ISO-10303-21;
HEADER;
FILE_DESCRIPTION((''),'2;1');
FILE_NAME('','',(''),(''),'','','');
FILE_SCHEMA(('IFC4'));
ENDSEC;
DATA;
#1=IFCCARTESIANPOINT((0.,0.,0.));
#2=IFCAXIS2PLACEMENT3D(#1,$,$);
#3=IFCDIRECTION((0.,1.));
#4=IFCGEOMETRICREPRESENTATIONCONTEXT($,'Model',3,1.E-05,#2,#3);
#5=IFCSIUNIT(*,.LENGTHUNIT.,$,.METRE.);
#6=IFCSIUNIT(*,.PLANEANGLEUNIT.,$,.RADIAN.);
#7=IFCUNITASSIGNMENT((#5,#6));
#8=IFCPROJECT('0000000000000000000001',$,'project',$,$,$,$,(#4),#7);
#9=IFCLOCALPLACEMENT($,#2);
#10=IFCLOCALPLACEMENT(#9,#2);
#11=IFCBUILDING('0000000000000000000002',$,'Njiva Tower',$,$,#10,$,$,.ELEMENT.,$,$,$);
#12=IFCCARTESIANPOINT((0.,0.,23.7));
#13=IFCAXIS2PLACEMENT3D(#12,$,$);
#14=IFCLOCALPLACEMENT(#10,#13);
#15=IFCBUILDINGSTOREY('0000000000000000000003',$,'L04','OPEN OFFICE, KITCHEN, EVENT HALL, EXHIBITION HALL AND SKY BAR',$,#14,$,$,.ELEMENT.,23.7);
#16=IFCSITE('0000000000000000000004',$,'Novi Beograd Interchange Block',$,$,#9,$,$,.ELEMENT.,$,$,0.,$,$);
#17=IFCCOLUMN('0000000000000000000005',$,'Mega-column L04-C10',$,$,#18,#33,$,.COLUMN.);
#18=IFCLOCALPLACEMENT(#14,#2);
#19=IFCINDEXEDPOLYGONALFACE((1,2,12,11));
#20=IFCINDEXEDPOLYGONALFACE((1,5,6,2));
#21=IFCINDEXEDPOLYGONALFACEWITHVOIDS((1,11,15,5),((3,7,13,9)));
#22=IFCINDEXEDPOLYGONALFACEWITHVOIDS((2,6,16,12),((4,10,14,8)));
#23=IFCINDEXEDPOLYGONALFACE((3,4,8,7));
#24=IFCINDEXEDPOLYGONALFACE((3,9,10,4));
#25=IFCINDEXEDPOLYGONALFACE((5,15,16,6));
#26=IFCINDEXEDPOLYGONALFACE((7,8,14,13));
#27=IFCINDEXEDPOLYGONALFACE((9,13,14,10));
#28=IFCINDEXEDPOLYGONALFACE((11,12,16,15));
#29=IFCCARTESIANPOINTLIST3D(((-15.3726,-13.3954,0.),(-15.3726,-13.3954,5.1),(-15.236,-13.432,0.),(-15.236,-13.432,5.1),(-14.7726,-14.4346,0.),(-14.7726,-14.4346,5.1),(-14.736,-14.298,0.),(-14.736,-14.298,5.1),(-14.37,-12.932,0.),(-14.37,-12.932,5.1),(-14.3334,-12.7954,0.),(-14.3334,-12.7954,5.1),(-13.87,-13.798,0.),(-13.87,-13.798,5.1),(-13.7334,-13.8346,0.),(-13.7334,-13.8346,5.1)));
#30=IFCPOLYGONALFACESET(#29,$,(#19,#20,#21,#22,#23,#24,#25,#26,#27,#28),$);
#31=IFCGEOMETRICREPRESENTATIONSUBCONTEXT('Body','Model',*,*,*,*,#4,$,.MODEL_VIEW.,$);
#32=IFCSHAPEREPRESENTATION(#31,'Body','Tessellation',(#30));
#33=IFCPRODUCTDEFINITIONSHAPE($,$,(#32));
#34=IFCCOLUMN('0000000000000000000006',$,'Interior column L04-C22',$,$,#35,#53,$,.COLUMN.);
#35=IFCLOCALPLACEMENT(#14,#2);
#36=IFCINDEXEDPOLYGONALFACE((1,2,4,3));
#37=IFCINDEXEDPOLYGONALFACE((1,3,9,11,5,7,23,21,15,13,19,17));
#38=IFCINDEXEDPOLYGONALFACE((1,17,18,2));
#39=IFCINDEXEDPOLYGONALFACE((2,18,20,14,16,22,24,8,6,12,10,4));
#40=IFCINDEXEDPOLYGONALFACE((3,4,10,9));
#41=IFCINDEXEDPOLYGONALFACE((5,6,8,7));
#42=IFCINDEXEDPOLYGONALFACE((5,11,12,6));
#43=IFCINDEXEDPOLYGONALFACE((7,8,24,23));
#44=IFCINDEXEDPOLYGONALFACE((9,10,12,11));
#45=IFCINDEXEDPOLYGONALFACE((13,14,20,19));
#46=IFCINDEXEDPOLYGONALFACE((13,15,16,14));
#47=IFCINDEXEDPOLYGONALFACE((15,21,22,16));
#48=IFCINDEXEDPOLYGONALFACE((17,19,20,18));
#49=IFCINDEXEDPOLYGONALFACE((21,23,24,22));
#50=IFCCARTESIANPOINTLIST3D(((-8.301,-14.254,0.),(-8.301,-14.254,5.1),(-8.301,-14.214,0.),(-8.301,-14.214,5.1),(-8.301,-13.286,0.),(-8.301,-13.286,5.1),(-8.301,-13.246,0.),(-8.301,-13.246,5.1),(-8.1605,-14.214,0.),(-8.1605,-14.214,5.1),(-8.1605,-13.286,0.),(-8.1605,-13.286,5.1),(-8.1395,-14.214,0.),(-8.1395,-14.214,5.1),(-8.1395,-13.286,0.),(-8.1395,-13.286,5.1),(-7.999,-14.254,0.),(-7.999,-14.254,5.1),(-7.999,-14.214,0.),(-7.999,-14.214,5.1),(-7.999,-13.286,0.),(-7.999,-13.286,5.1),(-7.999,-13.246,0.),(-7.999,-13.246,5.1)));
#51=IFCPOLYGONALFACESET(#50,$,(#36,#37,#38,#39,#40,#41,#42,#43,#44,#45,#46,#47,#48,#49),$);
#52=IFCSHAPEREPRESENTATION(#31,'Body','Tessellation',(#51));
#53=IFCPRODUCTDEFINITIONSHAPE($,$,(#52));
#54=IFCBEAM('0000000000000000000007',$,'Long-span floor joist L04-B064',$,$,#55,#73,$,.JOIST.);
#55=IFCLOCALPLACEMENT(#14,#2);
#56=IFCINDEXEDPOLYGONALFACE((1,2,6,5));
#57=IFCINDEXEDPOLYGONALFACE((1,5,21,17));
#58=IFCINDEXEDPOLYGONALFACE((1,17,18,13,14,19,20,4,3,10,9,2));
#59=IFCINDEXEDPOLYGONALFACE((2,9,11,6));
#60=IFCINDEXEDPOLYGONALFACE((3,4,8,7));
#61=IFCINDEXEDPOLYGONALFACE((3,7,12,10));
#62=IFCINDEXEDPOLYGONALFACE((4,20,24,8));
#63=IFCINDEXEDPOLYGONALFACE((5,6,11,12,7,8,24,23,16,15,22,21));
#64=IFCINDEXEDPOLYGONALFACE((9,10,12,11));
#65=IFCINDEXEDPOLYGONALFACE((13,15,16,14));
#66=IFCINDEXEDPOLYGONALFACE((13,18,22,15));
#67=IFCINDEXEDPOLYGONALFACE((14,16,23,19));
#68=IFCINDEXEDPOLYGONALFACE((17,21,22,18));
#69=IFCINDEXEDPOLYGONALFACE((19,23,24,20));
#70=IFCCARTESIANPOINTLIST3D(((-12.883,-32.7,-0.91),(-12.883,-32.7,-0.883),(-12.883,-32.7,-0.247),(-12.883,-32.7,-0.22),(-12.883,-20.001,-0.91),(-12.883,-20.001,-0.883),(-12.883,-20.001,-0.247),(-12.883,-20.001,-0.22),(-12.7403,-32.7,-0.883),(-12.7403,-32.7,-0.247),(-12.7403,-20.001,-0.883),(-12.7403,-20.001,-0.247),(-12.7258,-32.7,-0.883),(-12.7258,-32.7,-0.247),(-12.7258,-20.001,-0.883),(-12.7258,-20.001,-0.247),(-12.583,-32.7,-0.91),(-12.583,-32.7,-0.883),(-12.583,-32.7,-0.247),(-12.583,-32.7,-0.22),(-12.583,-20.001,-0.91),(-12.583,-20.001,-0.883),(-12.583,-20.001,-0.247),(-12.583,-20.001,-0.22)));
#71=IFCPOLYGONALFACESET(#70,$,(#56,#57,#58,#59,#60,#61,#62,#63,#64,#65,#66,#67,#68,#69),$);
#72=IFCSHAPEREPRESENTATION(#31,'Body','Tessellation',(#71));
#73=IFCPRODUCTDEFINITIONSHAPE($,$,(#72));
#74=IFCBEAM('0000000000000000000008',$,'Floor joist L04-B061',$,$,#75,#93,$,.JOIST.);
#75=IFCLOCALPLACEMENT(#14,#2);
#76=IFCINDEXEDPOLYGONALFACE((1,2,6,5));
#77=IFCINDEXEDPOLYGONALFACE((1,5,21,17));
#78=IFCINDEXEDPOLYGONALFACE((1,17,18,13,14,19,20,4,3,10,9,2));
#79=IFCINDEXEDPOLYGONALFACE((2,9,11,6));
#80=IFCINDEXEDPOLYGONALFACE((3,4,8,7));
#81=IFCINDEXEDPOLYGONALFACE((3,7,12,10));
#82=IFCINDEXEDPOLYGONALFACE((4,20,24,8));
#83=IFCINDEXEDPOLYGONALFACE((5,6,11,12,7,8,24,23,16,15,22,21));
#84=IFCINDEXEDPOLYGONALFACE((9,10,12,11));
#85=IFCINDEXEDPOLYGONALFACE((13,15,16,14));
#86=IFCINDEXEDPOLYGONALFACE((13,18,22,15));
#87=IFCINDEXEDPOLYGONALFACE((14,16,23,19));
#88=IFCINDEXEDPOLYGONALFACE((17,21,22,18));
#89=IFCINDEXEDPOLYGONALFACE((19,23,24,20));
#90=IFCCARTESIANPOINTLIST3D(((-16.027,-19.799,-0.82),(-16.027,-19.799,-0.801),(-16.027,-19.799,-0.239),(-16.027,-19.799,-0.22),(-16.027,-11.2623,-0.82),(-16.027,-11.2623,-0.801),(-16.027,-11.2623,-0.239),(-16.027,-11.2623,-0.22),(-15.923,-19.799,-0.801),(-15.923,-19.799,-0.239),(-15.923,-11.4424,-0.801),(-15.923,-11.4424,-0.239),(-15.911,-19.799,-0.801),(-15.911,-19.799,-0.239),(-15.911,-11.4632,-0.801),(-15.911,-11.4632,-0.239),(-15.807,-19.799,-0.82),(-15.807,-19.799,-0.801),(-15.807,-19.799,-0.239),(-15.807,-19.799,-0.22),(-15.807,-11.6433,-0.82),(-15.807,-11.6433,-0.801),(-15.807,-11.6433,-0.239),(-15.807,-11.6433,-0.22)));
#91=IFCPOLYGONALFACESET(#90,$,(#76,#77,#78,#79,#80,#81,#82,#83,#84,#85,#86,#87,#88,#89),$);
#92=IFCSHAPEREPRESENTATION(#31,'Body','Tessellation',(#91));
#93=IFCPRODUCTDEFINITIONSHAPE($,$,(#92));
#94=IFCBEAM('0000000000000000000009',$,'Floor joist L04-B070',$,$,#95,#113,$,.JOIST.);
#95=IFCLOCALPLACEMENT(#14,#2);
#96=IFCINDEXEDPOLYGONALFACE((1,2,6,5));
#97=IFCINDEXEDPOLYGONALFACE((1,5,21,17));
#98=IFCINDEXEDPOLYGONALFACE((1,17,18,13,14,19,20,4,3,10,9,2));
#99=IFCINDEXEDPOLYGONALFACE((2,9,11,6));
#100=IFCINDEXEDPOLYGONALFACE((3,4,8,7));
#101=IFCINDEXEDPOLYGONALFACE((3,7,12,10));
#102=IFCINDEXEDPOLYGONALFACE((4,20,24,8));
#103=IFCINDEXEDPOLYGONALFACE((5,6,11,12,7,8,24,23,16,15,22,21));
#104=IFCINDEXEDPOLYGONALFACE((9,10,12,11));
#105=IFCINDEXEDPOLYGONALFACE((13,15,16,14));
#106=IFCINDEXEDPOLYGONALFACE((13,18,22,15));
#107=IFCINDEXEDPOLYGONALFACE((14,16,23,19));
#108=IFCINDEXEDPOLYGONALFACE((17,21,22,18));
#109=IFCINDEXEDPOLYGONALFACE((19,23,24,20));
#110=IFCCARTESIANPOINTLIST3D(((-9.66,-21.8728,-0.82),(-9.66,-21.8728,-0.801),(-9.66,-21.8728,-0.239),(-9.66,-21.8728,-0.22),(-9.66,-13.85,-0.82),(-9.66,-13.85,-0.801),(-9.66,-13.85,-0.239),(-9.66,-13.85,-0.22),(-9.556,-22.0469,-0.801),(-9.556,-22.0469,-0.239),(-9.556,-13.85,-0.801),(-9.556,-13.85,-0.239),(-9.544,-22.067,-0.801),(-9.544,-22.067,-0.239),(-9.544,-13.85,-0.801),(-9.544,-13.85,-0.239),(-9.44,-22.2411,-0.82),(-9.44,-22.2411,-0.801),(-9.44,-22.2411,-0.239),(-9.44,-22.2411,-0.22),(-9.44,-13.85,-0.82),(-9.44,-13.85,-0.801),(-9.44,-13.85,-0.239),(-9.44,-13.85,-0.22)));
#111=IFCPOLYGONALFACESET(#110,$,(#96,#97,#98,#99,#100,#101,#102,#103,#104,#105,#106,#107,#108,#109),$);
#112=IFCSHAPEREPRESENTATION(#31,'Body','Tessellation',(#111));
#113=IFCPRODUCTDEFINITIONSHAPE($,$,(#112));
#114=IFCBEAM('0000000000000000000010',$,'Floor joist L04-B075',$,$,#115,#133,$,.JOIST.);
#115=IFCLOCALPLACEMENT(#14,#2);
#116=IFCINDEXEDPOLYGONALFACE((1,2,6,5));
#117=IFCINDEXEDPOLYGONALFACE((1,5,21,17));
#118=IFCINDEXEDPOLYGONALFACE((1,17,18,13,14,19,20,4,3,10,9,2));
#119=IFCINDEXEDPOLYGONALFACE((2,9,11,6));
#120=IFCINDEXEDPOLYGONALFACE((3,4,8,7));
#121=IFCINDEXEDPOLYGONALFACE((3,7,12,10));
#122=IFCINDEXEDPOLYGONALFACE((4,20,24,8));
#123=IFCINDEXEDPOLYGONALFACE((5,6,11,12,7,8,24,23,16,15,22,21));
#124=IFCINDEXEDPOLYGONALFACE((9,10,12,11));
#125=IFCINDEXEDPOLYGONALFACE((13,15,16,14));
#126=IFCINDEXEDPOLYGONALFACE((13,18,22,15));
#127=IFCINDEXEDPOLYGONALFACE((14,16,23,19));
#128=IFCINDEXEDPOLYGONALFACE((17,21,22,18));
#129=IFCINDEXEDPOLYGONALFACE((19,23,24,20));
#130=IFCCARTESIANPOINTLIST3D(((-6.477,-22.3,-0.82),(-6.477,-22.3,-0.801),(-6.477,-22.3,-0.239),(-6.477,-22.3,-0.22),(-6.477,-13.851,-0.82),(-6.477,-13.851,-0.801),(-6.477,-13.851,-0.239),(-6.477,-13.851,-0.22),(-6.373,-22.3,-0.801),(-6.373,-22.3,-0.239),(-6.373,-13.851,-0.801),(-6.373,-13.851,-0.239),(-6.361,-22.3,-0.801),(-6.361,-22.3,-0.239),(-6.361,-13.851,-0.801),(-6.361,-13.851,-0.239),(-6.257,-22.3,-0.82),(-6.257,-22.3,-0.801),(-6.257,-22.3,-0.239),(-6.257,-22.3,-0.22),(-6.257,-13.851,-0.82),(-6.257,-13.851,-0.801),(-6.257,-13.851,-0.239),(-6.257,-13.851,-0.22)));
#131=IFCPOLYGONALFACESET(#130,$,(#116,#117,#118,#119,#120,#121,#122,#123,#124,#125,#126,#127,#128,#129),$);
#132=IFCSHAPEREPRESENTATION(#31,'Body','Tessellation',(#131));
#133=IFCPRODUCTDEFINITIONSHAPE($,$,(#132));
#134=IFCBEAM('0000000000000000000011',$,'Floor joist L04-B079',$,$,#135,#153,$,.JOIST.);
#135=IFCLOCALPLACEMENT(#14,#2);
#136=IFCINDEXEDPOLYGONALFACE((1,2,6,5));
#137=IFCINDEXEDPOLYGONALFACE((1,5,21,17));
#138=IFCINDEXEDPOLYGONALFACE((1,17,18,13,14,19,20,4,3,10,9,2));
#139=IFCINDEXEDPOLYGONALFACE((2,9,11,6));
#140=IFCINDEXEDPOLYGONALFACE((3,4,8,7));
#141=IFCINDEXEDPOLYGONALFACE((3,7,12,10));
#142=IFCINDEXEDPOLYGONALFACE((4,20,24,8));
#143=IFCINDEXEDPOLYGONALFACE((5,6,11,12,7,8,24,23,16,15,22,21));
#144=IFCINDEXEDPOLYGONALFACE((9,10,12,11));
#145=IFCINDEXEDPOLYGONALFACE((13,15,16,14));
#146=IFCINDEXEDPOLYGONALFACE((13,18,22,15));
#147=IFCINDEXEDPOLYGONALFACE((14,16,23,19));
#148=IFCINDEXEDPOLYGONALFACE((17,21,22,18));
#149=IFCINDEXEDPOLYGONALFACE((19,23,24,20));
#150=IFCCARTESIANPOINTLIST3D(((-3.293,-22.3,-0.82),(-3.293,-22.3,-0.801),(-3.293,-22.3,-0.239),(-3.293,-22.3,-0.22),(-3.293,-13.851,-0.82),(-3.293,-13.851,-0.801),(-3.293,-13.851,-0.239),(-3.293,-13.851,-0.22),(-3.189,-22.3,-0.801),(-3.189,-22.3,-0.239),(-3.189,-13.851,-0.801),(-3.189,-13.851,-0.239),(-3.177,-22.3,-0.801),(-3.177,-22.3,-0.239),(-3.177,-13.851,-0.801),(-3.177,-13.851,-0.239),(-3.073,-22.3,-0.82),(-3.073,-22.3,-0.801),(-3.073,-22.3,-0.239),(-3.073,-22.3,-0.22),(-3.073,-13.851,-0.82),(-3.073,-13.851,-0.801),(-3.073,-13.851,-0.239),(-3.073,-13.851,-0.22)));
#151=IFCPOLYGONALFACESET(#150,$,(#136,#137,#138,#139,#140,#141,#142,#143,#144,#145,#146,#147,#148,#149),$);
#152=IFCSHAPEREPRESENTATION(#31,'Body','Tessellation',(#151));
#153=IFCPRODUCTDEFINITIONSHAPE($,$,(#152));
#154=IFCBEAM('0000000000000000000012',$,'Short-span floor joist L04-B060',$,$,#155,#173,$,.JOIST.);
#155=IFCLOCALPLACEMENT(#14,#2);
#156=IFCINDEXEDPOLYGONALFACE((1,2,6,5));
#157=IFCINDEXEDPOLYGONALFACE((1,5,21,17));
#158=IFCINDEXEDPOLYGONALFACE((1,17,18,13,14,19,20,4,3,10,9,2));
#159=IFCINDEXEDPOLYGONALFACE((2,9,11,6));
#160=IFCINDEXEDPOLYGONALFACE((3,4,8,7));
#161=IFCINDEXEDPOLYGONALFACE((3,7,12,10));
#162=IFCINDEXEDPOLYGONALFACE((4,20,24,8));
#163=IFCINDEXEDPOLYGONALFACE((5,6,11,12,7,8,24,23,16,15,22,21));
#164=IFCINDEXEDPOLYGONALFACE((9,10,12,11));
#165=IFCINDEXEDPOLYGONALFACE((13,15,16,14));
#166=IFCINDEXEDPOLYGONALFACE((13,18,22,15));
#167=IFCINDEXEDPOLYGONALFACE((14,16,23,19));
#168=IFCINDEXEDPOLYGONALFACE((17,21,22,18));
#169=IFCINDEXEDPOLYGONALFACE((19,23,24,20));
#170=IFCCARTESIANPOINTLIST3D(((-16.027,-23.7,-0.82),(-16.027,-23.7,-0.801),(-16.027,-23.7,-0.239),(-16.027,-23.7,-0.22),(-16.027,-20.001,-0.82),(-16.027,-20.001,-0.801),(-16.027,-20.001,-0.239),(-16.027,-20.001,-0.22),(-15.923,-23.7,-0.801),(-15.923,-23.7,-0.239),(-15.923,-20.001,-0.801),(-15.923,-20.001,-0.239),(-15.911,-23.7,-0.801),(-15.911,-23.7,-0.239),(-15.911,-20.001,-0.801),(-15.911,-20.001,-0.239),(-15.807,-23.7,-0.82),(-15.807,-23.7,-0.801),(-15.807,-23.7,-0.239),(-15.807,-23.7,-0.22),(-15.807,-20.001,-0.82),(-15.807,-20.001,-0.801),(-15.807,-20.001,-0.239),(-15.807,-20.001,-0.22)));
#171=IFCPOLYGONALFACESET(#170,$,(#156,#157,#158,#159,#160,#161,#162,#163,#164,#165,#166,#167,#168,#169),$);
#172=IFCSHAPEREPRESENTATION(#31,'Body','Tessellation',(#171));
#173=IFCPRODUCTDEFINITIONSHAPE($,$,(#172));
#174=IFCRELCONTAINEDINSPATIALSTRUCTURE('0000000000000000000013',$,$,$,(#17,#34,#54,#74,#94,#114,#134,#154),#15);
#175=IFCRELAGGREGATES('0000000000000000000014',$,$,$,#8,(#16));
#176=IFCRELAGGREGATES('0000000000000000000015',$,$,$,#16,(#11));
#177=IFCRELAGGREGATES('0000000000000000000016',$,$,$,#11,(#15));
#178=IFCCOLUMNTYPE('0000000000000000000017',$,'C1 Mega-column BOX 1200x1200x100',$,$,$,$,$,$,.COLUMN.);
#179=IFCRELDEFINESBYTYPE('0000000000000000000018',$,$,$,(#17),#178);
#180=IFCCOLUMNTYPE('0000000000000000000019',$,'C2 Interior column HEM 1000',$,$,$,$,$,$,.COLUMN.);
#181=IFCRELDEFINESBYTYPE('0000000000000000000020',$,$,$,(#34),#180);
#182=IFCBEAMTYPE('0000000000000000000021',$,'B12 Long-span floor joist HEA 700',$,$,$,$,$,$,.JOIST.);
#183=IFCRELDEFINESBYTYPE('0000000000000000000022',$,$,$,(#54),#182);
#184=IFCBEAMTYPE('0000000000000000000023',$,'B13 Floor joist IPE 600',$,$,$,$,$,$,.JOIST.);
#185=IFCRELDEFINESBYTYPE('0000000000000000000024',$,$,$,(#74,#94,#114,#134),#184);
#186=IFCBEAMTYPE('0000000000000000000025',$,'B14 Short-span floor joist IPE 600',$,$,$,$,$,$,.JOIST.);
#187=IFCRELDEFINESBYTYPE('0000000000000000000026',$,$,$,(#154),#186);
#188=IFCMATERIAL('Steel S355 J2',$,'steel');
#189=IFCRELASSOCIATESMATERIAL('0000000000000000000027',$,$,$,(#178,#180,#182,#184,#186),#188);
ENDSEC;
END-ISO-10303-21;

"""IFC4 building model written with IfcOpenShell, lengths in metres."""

from ifc_helpers import new_model, si_unit, direction, frame, origin, origin_2d, place, context, subcontext, project, spatial, hollow_rectangle, i_section, extrude, clip, halfspace, material, material_profile, profile_set, type_object, element, save


model = new_model("IFC4")

# Units and contexts
model_context = context("Model", 3, precision=1e-05, world=origin(), true_north=direction((0.0, 1.0)))
body_context = subcontext(model_context, "Body", "Model", "MODEL_VIEW")
ifc_project = project(units=[si_unit("LENGTHUNIT", "METRE"), si_unit("PLANEANGLEUNIT", "RADIAN")], contexts=[model_context])

# Site, building, storey
site_placement = place(None, origin())
site = spatial("IfcSite", under=ifc_project, at=site_placement, Name="Novi Beograd Interchange Block", CompositionType="ELEMENT", RefElevation=0.0)
building_placement = place(site_placement, origin())
building = spatial("IfcBuilding", under=site, at=building_placement, Name="Njiva Tower", CompositionType="ELEMENT")
storey_placement = place(building_placement, frame((0.0, 0.0, 23.7)))
storey = spatial("IfcBuildingStorey", under=building, at=storey_placement, Name="L04", Description="OPEN OFFICE, KITCHEN, EVENT HALL, EXHIBITION HALL AND SKY BAR", CompositionType="ELEMENT", Elevation=23.7)

# Columns
ifc_material_1 = material(Name="Steel S355 J2", Category="steel")
ifc_material_profile_1 = material_profile(ifc_material_1, hollow_rectangle(XDim=1.2, YDim=1.2, WallThickness=0.1, at=origin_2d()), Name="BOX 1200x1200x100")
ifc_profile_set_1 = profile_set([ifc_material_profile_1], Name="Steel S355 J2")
column_type_1 = type_object("IfcColumnType", Name="C1 Mega-column BOX 1200x1200x100", PredefinedType="COLUMN", material=ifc_profile_set_1)
column_1_placement = place(storey_placement, frame((-14.553, -13.615, 0.0), z_axis=(0.0, 0.0, 1.0), x_axis=(0.5, -0.866025, 0.0)))
element("IfcColumn", 1, at=column_1_placement, inside=storey, type_object=column_type_1, Name="Mega-column L04-C10", PredefinedType="COLUMN", context=body_context, shape_type="SweptSolid", body=[
    extrude(hollow_rectangle(XDim=1.2, YDim=1.2, WallThickness=0.1, at=origin_2d()), origin(), (0.0, 0.0, 1.0), 5.1),
])
ifc_material_profile_2 = material_profile(ifc_material_1, i_section(OverallWidth=0.302, OverallDepth=1.008, WebThickness=0.021, FlangeThickness=0.04, at=origin_2d()), Name="HEM 1000")
ifc_profile_set_2 = profile_set([ifc_material_profile_2], Name="Steel S355 J2")
column_type_2 = type_object("IfcColumnType", Name="C2 Interior column HEM 1000", PredefinedType="COLUMN", material=ifc_profile_set_2)
column_2_placement = place(storey_placement, frame((-8.15, -13.75, 0.0), z_axis=(0.0, 0.0, 1.0), x_axis=(1.0, 0.0, 0.0)))
element("IfcColumn", 2, at=column_2_placement, inside=storey, type_object=column_type_2, Name="Interior column L04-C22", PredefinedType="COLUMN", context=body_context, shape_type="SweptSolid", body=[
    extrude(i_section(OverallWidth=0.302, OverallDepth=1.008, WebThickness=0.021, FlangeThickness=0.04, at=origin_2d()), origin(), (0.0, 0.0, 1.0), 5.1),
])

# Beams
ifc_material_profile_3 = material_profile(ifc_material_1, i_section(OverallWidth=0.3, OverallDepth=0.69, WebThickness=0.0145, FlangeThickness=0.027, at=origin_2d()), Name="HEA 700")
ifc_profile_set_3 = profile_set([ifc_material_profile_3], Name="Steel S355 J2")
beam_type_1 = type_object("IfcBeamType", Name="B12 Long-span floor joist HEA 700", PredefinedType="JOIST", material=ifc_profile_set_3)
beam_1_placement = place(storey_placement, frame((-12.733, -20.001, -0.565), z_axis=(0.0, -1.0, 0.0), x_axis=(1.0, 0.0, 0.0)))
element("IfcBeam", 3, at=beam_1_placement, inside=storey, type_object=beam_type_1, Name="Long-span floor joist L04-B064", PredefinedType="JOIST", context=body_context, shape_type="SweptSolid", body=[
    extrude(i_section(OverallWidth=0.3, OverallDepth=0.69, WebThickness=0.0145, FlangeThickness=0.027, at=origin_2d()), origin(), (0.0, 0.0, 1.0), 12.699),
])
ifc_material_profile_4 = material_profile(ifc_material_1, i_section(OverallWidth=0.22, OverallDepth=0.6, WebThickness=0.012, FlangeThickness=0.019, at=origin_2d()), Name="IPE 600")
ifc_profile_set_4 = profile_set([ifc_material_profile_4], Name="Steel S355 J2")
beam_type_2 = type_object("IfcBeamType", Name="B13 Floor joist IPE 600", PredefinedType="JOIST", material=ifc_profile_set_4)
beam_2_placement = place(storey_placement, frame((-15.917, -11.242, -0.52), z_axis=(0.0, -1.0, 0.0), x_axis=(1.0, 0.0, 0.0)))
element("IfcBeam", 4, at=beam_2_placement, inside=storey, type_object=beam_type_2, Name="Floor joist L04-B061", PredefinedType="JOIST", context=body_context, shape_type="Clipping", body=[
    clip(extrude(i_section(OverallWidth=0.22, OverallDepth=0.6, WebThickness=0.012, FlangeThickness=0.019, at=origin_2d()), origin(), (0.0, 0.0, 1.0), 8.557), halfspace(frame((0.0436, 0.0, 0.2863), z_axis=(0.866027, 0.0, -0.499998), x_axis=(0.0, -1.0, 0.0)), False)),
])
beam_3_placement = place(storey_placement, frame((-9.55, -13.85, -0.52), z_axis=(0.0, -1.0, 0.0), x_axis=(1.0, 0.0, 0.0)))
element("IfcBeam", 5, at=beam_3_placement, inside=storey, type_object=beam_type_2, Name="Floor joist L04-B070", PredefinedType="JOIST", context=body_context, shape_type="Clipping", body=[
    clip(extrude(i_section(OverallWidth=0.22, OverallDepth=0.6, WebThickness=0.012, FlangeThickness=0.019, at=origin_2d()), origin(), (0.0, 0.0, 1.0), 8.411), halfspace(frame((-0.0429, 0.0, 8.1351), z_axis=(-0.858483, 0.0, 0.512842), x_axis=(0.0, 1.0, 0.0)), False)),
])
for number, where, z_axis, x_axis, name in (
    (6, (-6.367, -13.851, -0.52), (0.0, -1.0, 0.0), (1.0, 0.0, 0.0), "Floor joist L04-B075"),
    (7, (-3.183, -13.851, -0.52), (0.0, -1.0, 0.0), (1.0, 0.0, 0.0), "Floor joist L04-B079"),
):
    element("IfcBeam", number, at=place(storey_placement, frame(where, z_axis=z_axis, x_axis=x_axis)), inside=storey, type_object=beam_type_2, Name=name, PredefinedType="JOIST", context=body_context, shape_type="SweptSolid", body=[
        extrude(i_section(OverallWidth=0.22, OverallDepth=0.6, WebThickness=0.012, FlangeThickness=0.019, at=origin_2d()), origin(), (0.0, 0.0, 1.0), 8.449),
    ])
ifc_material_profile_5 = material_profile(ifc_material_1, i_section(OverallWidth=0.22, OverallDepth=0.6, WebThickness=0.012, FlangeThickness=0.019, at=origin_2d()), Name="IPE 600")
ifc_profile_set_5 = profile_set([ifc_material_profile_5], Name="Steel S355 J2")
beam_type_3 = type_object("IfcBeamType", Name="B14 Short-span floor joist IPE 600", PredefinedType="JOIST", material=ifc_profile_set_5)
beam_4_placement = place(storey_placement, frame((-15.917, -20.001, -0.52), z_axis=(0.0, -1.0, 0.0), x_axis=(1.0, 0.0, 0.0)))
element("IfcBeam", 8, at=beam_4_placement, inside=storey, type_object=beam_type_3, Name="Short-span floor joist L04-B060", PredefinedType="JOIST", context=body_context, shape_type="SweptSolid", body=[
    extrude(i_section(OverallWidth=0.22, OverallDepth=0.6, WebThickness=0.012, FlangeThickness=0.019, at=origin_2d()), origin(), (0.0, 0.0, 1.0), 3.699),
])

save(model, "model.ifc")
